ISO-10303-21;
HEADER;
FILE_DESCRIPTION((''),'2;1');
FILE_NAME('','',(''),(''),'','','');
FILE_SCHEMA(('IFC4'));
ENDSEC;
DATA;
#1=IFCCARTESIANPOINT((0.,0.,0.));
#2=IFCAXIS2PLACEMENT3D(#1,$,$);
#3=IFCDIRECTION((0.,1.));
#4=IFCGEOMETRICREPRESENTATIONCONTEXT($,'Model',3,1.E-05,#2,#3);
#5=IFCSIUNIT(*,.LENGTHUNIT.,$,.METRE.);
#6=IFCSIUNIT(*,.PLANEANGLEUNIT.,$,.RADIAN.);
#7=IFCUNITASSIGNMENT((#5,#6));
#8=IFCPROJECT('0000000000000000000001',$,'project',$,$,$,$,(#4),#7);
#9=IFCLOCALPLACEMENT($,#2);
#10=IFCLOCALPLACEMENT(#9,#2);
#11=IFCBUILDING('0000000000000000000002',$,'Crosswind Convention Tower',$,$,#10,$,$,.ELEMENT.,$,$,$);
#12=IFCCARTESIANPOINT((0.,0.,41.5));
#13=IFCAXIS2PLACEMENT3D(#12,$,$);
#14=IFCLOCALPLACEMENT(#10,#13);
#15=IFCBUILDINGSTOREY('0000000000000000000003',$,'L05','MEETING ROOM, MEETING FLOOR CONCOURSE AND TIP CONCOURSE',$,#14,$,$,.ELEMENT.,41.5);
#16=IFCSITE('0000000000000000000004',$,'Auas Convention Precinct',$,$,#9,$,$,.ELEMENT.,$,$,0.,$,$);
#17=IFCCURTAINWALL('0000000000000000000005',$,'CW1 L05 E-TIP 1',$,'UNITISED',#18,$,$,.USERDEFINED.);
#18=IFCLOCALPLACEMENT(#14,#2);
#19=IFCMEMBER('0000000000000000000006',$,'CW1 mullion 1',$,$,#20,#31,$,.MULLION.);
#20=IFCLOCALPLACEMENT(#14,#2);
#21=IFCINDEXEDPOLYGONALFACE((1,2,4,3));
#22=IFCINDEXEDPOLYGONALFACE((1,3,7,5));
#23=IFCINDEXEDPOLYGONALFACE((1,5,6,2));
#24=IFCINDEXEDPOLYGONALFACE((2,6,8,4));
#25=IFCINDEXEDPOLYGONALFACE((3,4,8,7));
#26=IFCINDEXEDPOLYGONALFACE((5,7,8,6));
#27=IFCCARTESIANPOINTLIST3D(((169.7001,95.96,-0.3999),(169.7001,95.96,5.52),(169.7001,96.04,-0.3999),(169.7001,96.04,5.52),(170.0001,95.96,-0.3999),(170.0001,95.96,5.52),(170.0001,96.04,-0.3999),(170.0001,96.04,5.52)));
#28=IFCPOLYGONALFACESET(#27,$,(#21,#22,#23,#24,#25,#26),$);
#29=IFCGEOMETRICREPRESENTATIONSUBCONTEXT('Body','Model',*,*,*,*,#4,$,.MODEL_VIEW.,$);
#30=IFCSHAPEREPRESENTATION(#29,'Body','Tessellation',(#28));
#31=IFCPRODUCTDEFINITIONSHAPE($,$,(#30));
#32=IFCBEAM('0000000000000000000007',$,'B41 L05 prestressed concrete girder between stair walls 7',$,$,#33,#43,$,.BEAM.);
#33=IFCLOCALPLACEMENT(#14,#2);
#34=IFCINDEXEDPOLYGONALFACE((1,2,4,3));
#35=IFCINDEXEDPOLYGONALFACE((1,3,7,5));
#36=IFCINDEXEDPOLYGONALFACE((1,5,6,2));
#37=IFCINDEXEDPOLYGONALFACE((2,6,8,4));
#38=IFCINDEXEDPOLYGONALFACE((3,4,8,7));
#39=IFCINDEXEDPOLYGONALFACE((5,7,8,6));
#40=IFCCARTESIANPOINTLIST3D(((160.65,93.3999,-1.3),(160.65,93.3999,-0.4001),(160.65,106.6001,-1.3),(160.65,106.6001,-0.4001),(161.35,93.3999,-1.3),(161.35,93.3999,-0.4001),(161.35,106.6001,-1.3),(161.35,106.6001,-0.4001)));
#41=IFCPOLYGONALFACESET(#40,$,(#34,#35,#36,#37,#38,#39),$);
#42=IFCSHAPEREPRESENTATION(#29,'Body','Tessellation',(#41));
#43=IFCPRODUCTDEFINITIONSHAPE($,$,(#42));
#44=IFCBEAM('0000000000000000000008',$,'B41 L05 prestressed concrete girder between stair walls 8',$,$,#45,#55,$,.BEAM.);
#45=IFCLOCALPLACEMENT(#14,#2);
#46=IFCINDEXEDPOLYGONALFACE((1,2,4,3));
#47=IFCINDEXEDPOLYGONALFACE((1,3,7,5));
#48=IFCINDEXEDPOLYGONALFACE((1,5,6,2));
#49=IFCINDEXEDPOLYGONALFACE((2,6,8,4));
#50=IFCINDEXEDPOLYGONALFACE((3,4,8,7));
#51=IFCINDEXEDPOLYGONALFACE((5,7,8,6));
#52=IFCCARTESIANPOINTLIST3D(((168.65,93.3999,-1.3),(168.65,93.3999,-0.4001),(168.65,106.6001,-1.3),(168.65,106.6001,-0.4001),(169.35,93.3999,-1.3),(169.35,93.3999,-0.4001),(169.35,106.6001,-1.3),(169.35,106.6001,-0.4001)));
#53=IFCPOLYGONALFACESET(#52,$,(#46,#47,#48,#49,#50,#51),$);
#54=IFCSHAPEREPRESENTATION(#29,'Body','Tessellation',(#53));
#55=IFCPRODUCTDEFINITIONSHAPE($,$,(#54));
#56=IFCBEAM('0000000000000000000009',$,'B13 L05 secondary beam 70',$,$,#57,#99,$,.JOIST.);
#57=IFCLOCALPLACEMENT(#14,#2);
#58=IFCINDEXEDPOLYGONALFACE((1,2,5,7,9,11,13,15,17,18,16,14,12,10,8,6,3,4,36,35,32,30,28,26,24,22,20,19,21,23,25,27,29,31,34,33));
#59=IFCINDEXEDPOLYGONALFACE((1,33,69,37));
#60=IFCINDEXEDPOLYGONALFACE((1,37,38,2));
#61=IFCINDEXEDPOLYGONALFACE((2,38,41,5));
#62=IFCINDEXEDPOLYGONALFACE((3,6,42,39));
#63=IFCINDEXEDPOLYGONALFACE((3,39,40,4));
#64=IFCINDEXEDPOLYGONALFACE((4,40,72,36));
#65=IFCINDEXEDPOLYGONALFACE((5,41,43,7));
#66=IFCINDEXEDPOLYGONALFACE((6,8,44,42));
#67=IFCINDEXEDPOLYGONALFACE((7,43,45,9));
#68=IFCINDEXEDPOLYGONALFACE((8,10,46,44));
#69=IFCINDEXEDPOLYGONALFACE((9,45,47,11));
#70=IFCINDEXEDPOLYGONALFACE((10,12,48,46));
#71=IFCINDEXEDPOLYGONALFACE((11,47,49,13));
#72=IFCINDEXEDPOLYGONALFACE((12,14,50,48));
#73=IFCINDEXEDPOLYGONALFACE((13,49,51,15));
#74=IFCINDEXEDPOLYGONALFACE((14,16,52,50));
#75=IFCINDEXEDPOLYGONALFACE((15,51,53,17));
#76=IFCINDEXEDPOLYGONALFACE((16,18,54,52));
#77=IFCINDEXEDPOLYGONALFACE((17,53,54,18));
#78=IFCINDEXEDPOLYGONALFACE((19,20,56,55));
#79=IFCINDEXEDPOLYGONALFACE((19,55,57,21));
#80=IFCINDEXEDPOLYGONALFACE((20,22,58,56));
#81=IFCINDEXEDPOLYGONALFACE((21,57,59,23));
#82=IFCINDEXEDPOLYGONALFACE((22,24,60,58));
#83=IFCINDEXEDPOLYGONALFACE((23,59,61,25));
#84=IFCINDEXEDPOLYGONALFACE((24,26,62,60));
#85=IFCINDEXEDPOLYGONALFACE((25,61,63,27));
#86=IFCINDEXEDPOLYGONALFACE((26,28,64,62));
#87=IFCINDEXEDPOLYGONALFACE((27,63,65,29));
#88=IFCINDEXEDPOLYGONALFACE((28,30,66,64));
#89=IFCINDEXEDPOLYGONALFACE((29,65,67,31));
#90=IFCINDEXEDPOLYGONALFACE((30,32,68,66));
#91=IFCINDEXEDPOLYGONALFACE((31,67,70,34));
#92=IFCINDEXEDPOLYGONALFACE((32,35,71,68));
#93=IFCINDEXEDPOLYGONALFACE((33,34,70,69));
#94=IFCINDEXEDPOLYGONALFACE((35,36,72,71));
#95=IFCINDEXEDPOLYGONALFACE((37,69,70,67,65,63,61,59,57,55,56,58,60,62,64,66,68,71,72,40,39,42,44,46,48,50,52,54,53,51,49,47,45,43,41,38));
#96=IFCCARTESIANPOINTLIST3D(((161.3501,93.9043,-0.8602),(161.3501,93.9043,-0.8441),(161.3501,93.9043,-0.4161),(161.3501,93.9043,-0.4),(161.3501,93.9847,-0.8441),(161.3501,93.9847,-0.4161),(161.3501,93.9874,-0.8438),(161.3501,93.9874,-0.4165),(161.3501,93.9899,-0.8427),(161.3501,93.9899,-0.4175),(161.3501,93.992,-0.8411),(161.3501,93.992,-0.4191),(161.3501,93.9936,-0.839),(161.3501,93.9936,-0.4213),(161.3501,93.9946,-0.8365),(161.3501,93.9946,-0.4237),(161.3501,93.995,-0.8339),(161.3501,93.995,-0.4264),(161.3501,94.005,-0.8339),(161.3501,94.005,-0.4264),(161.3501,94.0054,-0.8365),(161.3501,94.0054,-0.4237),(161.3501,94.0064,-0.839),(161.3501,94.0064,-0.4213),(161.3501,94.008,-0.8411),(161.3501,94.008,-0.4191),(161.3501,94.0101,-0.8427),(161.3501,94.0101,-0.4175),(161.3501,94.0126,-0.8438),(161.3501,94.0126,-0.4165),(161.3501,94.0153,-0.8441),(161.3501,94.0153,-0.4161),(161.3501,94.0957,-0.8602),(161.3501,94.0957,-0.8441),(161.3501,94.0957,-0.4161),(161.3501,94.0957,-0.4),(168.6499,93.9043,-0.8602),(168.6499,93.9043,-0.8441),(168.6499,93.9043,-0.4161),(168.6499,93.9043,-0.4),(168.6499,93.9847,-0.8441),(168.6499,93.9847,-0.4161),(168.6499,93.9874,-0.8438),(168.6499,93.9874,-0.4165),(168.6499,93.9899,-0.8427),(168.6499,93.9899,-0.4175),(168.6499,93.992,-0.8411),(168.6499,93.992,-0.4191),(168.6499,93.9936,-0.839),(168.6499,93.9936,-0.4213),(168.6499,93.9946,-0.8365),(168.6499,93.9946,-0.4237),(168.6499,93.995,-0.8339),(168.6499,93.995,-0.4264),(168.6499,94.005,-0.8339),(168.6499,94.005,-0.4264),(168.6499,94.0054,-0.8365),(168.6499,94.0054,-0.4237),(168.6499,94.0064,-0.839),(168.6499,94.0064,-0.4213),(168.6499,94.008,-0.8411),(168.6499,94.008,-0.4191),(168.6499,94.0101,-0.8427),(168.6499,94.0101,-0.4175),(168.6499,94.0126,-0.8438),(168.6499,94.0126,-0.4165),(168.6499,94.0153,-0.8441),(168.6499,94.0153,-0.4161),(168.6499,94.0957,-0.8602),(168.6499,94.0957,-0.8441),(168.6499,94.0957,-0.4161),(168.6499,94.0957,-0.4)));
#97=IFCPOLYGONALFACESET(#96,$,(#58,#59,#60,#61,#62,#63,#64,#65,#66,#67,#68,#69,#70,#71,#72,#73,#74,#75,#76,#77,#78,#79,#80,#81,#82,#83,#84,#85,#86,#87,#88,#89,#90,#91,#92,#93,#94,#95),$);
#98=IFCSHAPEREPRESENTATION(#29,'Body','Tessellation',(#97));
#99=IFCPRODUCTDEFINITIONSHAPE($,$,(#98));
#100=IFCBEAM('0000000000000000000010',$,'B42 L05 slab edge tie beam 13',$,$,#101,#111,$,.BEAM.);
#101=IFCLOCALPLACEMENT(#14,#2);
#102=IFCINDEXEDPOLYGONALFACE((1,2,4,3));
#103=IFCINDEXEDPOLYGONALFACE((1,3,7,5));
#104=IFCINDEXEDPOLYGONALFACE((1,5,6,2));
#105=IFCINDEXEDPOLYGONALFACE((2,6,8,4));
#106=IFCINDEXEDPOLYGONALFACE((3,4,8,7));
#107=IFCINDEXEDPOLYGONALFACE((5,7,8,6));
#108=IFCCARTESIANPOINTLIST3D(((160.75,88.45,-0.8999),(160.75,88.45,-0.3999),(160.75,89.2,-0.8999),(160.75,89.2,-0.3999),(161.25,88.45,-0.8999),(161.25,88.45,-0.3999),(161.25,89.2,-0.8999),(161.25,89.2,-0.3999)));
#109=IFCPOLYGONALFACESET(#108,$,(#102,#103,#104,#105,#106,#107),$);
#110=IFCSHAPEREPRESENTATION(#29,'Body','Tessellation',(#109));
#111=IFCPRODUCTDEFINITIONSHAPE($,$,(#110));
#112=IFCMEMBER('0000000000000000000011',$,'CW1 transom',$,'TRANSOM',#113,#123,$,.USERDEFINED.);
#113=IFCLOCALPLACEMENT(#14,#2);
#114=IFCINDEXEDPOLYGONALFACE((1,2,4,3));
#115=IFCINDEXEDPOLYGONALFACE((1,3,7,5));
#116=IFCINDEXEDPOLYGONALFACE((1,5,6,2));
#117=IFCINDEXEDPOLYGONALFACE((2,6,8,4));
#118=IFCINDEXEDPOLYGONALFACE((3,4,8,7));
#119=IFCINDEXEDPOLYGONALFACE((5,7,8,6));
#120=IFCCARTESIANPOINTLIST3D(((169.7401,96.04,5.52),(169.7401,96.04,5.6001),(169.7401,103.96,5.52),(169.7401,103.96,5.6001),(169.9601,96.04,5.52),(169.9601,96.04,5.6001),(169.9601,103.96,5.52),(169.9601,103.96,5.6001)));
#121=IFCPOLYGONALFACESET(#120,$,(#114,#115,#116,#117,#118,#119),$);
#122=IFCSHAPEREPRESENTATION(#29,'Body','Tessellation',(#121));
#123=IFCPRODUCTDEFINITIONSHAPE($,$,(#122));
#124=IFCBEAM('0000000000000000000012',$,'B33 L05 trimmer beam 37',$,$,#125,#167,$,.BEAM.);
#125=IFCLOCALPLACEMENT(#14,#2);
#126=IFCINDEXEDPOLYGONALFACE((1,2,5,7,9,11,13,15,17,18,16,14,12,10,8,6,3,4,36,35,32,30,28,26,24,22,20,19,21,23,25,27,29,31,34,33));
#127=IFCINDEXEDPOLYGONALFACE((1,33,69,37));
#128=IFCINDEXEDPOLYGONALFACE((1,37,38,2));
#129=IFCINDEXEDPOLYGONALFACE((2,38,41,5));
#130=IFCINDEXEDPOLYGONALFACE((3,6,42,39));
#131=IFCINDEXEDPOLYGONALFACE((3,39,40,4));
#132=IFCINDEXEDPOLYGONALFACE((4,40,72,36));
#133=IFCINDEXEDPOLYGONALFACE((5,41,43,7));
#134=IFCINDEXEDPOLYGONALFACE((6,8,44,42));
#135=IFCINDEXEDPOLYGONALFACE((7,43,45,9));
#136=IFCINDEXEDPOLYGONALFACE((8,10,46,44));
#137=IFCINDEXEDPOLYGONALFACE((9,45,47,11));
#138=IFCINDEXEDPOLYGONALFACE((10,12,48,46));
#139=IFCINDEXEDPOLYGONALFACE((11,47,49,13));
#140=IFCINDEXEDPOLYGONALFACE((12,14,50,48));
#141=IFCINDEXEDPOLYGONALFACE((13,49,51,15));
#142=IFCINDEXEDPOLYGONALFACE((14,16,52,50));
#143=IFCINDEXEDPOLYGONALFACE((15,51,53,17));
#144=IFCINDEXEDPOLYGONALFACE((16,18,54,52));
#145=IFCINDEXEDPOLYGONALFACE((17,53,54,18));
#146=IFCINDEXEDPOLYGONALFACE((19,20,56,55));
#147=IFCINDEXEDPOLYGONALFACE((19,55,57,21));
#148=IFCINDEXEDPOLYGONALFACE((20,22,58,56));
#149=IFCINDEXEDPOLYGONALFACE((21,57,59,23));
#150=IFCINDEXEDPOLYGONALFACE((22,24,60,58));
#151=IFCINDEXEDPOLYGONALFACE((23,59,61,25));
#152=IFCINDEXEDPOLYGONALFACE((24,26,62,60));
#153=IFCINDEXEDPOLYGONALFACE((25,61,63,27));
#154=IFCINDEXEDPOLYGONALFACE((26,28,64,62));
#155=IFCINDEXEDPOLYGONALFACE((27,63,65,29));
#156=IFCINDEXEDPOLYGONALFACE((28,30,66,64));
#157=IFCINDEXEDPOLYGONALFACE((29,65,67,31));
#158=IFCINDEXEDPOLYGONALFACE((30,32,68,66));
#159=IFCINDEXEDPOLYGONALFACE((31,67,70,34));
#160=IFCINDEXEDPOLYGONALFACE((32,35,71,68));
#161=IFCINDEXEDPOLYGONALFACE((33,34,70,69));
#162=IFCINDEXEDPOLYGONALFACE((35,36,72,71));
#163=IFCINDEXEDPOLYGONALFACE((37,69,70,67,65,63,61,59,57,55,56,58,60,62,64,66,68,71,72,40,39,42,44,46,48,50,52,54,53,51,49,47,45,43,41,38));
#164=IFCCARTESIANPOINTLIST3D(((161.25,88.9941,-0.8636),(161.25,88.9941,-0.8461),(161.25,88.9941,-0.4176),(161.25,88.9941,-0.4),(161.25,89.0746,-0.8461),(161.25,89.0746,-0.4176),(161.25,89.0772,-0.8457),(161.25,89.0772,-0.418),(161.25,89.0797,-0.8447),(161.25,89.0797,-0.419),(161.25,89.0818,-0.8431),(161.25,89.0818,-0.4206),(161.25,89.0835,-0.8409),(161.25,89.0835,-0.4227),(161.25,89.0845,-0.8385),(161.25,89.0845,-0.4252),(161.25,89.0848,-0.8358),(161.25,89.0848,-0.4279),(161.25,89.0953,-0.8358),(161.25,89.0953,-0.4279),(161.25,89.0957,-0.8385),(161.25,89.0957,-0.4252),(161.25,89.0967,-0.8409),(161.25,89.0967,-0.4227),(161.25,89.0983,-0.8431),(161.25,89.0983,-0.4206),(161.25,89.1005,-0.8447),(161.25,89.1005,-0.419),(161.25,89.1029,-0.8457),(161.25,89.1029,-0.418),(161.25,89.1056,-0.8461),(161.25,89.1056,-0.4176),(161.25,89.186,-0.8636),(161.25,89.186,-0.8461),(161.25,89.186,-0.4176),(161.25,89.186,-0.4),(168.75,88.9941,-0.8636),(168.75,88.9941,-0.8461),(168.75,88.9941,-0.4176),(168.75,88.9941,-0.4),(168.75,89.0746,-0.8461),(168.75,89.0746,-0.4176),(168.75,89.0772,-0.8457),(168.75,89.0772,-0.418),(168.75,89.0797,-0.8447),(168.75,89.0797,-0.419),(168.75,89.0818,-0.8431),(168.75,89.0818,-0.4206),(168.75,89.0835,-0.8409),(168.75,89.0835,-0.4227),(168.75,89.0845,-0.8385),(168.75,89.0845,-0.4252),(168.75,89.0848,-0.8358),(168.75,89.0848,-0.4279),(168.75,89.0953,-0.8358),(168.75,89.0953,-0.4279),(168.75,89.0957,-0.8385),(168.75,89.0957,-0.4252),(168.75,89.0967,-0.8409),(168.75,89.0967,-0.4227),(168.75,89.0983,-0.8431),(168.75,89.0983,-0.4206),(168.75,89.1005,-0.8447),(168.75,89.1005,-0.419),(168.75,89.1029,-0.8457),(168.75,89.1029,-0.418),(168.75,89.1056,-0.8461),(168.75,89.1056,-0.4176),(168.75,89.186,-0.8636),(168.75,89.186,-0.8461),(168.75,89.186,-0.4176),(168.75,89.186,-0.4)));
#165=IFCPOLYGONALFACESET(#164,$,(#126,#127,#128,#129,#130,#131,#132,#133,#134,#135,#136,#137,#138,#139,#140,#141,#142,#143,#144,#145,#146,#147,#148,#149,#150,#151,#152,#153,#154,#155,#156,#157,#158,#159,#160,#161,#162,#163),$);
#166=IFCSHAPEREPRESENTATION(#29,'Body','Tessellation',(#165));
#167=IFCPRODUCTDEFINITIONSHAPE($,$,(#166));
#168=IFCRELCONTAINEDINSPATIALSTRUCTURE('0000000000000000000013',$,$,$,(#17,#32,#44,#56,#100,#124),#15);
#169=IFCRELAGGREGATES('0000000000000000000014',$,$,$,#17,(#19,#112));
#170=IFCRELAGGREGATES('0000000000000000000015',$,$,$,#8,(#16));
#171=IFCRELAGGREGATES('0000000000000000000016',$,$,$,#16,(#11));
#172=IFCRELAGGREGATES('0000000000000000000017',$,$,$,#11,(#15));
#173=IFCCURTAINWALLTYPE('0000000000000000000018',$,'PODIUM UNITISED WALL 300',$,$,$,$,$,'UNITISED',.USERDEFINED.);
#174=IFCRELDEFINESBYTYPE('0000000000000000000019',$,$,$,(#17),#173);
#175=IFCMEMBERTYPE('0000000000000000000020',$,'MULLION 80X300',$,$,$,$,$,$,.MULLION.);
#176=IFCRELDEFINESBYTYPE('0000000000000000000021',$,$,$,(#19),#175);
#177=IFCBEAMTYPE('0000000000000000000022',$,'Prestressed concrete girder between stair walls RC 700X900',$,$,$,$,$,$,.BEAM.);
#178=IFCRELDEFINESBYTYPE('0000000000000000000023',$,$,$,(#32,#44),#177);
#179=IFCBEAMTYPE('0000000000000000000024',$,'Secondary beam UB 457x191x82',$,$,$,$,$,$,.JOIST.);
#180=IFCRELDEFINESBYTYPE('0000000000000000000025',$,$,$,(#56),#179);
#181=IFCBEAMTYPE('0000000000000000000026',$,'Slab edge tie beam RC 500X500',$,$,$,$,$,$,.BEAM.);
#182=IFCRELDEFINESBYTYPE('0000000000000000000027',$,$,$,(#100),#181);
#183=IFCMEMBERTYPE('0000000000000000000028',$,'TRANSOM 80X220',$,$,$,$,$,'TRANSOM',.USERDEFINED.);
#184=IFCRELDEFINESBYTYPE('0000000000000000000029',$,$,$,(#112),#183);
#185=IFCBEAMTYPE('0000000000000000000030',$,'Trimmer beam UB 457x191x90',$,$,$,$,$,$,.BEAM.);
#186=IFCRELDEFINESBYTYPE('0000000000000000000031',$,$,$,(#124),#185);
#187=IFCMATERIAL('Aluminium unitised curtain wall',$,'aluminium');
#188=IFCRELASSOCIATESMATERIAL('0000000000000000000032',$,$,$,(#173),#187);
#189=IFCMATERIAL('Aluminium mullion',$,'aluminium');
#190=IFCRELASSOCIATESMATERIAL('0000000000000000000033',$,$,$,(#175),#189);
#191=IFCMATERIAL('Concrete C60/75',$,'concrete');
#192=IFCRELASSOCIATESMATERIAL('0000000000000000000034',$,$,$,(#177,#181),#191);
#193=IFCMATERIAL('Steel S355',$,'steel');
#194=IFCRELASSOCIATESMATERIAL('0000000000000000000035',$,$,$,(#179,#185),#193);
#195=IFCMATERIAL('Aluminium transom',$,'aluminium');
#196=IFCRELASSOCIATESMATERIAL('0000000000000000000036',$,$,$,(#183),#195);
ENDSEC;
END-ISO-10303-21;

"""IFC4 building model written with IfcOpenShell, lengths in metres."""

from ifc_helpers import new_model, si_unit, direction, frame, origin, origin_2d, place, context, subcontext, project, spatial, rectangle, i_section, extrude, material, material_profile, profile_set, type_object, element, aggregate, save


model = new_model("IFC4")

# Units and contexts
model_context = context("Model", 3, precision=1e-05, world=origin(), true_north=direction((0.0, 1.0)))
body_context = subcontext(model_context, "Body", "Model", "MODEL_VIEW")
ifc_project = project(units=[si_unit("LENGTHUNIT", "METRE"), si_unit("PLANEANGLEUNIT", "RADIAN")], contexts=[model_context])

# Site, building, storey
site_placement = place(None, origin())
site = spatial("IfcSite", under=ifc_project, at=site_placement, Name="Auas Convention Precinct", CompositionType="ELEMENT", RefElevation=0.0)
building_placement = place(site_placement, origin())
building = spatial("IfcBuilding", under=site, at=building_placement, Name="Crosswind Convention Tower", CompositionType="ELEMENT")
storey_placement = place(building_placement, frame((0.0, 0.0, 41.5)))
storey = spatial("IfcBuildingStorey", under=building, at=storey_placement, Name="L05", Description="MEETING ROOM, MEETING FLOOR CONCOURSE AND TIP CONCOURSE", CompositionType="ELEMENT", Elevation=41.5)

# Curtain wall, member
ifc_material_1 = material(Name="Aluminium unitised curtain wall", Category="aluminium")
curtain_wall_type = type_object("IfcCurtainWallType", Name="PODIUM UNITISED WALL 300", ElementType="UNITISED", PredefinedType="USERDEFINED", material=ifc_material_1)
curtain_wall_placement = place(storey_placement, origin())
curtain_wall = element("IfcCurtainWall", 1, at=curtain_wall_placement, inside=storey, type_object=curtain_wall_type, Name="CW1 L05 E-TIP 1", ObjectType="UNITISED", PredefinedType="USERDEFINED")
ifc_material_2 = material(Name="Aluminium mullion", Category="aluminium")
ifc_material_profile_1 = material_profile(ifc_material_2, rectangle(XDim=0.3, YDim=0.0801, at=origin_2d()), Name="AL 300X80")
ifc_profile_set_1 = profile_set([ifc_material_profile_1], Name="Aluminium mullion")
member_type_1 = type_object("IfcMemberType", Name="MULLION 80X300", PredefinedType="MULLION", material=ifc_profile_set_1)
member_1_placement = place(storey_placement, frame((169.8501, 96.0, -0.3999), z_axis=(0.0, 0.0, 1.0), x_axis=(1.0, 0.0, 0.0)))
member_1 = element("IfcMember", 2, at=member_1_placement, type_object=member_type_1, Name="CW1 mullion 1", PredefinedType="MULLION", context=body_context, shape_type="SweptSolid", body=[
    extrude(rectangle(XDim=0.3, YDim=0.0801, at=origin_2d()), origin(), (0.0, 0.0, 1.0), 5.9199),
])

# Beams
ifc_material_3 = material(Name="Concrete C60/75", Category="concrete")
ifc_material_profile_2 = material_profile(ifc_material_3, rectangle(XDim=0.7, YDim=0.8999, at=origin_2d()), Name="RC 700X900")
ifc_profile_set_2 = profile_set([ifc_material_profile_2], Name="Concrete C60/75")
beam_type_1 = type_object("IfcBeamType", Name="Prestressed concrete girder between stair walls RC 700X900", PredefinedType="BEAM", material=ifc_profile_set_2)
for number, where, z_axis, x_axis, name in (
    (3, (161.0, 93.3999, -0.8501), (0.0, 1.0, 0.0), (-1.0, 0.0, 0.0), "B41 L05 prestressed concrete girder between stair walls 7"),
    (4, (169.0, 93.3999, -0.8501), (0.0, 1.0, 0.0), (-1.0, 0.0, 0.0), "B41 L05 prestressed concrete girder between stair walls 8"),
):
    element("IfcBeam", number, at=place(storey_placement, frame(where, z_axis=z_axis, x_axis=x_axis)), inside=storey, type_object=beam_type_1, Name=name, PredefinedType="BEAM", context=body_context, shape_type="SweptSolid", body=[
        extrude(rectangle(XDim=0.7, YDim=0.8999, at=origin_2d()), origin(), (0.0, 0.0, 1.0), 13.2002),
    ])
ifc_material_4 = material(Name="Steel S355", Category="steel")
ifc_material_profile_3 = material_profile(ifc_material_4, i_section(OverallWidth=0.1914, OverallDepth=0.4602, WebThickness=0.01, FlangeThickness=0.0161, FilletRadius=0.0103, at=origin_2d()), Name="UB 457x191x82")
ifc_profile_set_3 = profile_set([ifc_material_profile_3], Name="Steel S355")
beam_type_2 = type_object("IfcBeamType", Name="Secondary beam UB 457x191x82", PredefinedType="JOIST", material=ifc_profile_set_3)
beam_1_placement = place(storey_placement, frame((161.3501, 94.0, -0.6301), z_axis=(1.0, 0.0, 0.0), x_axis=(0.0, 1.0, 0.0)))
element("IfcBeam", 5, at=beam_1_placement, inside=storey, type_object=beam_type_2, Name="B13 L05 secondary beam 70", PredefinedType="JOIST", context=body_context, shape_type="SweptSolid", body=[
    extrude(i_section(OverallWidth=0.1914, OverallDepth=0.4602, WebThickness=0.01, FlangeThickness=0.0161, FilletRadius=0.0103, at=origin_2d()), origin(), (0.0, 0.0, 1.0), 7.2998),
])
ifc_material_profile_4 = material_profile(ifc_material_3, rectangle(XDim=0.5, YDim=0.5, at=origin_2d()), Name="RC 500X500")
ifc_profile_set_4 = profile_set([ifc_material_profile_4], Name="Concrete C60/75")
beam_type_3 = type_object("IfcBeamType", Name="Slab edge tie beam RC 500X500", PredefinedType="BEAM", material=ifc_profile_set_4)
beam_2_placement = place(storey_placement, frame((161.0, 88.45, -0.6499), z_axis=(0.0, 1.0, 0.0), x_axis=(-1.0, 0.0, 0.0)))
element("IfcBeam", 6, at=beam_2_placement, inside=storey, type_object=beam_type_3, Name="B42 L05 slab edge tie beam 13", PredefinedType="BEAM", context=body_context, shape_type="SweptSolid", body=[
    extrude(rectangle(XDim=0.5, YDim=0.5, at=origin_2d()), origin(), (0.0, 0.0, 1.0), 0.75),
])

# Member
ifc_material_5 = material(Name="Aluminium transom", Category="aluminium")
ifc_material_profile_5 = material_profile(ifc_material_5, rectangle(XDim=0.22, YDim=0.0801, at=origin_2d()), Name="AL 220X80")
ifc_profile_set_5 = profile_set([ifc_material_profile_5], Name="Aluminium transom")
member_type_2 = type_object("IfcMemberType", Name="TRANSOM 80X220", ElementType="TRANSOM", PredefinedType="USERDEFINED", material=ifc_profile_set_5)
member_2_placement = place(storey_placement, frame((169.8501, 96.04, 5.5601), z_axis=(0.0, 1.0, 0.0), x_axis=(-1.0, 0.0, 0.0)))
member_2 = element("IfcMember", 7, at=member_2_placement, type_object=member_type_2, Name="CW1 transom", ObjectType="TRANSOM", PredefinedType="USERDEFINED", context=body_context, shape_type="SweptSolid", body=[
    extrude(rectangle(XDim=0.22, YDim=0.0801, at=origin_2d()), origin(), (0.0, 0.0, 1.0), 7.9199),
])

# Beam
ifc_material_profile_6 = material_profile(ifc_material_4, i_section(OverallWidth=0.1919, OverallDepth=0.4636, WebThickness=0.0105, FlangeThickness=0.0176, FilletRadius=0.0103, at=origin_2d()), Name="UB 457x191x90")
ifc_profile_set_6 = profile_set([ifc_material_profile_6], Name="Steel S355")
beam_type_4 = type_object("IfcBeamType", Name="Trimmer beam UB 457x191x90", PredefinedType="BEAM", material=ifc_profile_set_6)
beam_3_placement = place(storey_placement, frame((161.25, 89.0901, -0.6318), z_axis=(1.0, 0.0, 0.0), x_axis=(0.0, 1.0, 0.0)))
element("IfcBeam", 8, at=beam_3_placement, inside=storey, type_object=beam_type_4, Name="B33 L05 trimmer beam 37", PredefinedType="BEAM", context=body_context, shape_type="SweptSolid", body=[
    extrude(i_section(OverallWidth=0.1919, OverallDepth=0.4636, WebThickness=0.0105, FlangeThickness=0.0176, FilletRadius=0.0103, at=origin_2d()), origin(), (0.0, 0.0, 1.0), 7.5),
])

aggregate(curtain_wall, [member_1, member_2])

save(model, "model.ifc")
